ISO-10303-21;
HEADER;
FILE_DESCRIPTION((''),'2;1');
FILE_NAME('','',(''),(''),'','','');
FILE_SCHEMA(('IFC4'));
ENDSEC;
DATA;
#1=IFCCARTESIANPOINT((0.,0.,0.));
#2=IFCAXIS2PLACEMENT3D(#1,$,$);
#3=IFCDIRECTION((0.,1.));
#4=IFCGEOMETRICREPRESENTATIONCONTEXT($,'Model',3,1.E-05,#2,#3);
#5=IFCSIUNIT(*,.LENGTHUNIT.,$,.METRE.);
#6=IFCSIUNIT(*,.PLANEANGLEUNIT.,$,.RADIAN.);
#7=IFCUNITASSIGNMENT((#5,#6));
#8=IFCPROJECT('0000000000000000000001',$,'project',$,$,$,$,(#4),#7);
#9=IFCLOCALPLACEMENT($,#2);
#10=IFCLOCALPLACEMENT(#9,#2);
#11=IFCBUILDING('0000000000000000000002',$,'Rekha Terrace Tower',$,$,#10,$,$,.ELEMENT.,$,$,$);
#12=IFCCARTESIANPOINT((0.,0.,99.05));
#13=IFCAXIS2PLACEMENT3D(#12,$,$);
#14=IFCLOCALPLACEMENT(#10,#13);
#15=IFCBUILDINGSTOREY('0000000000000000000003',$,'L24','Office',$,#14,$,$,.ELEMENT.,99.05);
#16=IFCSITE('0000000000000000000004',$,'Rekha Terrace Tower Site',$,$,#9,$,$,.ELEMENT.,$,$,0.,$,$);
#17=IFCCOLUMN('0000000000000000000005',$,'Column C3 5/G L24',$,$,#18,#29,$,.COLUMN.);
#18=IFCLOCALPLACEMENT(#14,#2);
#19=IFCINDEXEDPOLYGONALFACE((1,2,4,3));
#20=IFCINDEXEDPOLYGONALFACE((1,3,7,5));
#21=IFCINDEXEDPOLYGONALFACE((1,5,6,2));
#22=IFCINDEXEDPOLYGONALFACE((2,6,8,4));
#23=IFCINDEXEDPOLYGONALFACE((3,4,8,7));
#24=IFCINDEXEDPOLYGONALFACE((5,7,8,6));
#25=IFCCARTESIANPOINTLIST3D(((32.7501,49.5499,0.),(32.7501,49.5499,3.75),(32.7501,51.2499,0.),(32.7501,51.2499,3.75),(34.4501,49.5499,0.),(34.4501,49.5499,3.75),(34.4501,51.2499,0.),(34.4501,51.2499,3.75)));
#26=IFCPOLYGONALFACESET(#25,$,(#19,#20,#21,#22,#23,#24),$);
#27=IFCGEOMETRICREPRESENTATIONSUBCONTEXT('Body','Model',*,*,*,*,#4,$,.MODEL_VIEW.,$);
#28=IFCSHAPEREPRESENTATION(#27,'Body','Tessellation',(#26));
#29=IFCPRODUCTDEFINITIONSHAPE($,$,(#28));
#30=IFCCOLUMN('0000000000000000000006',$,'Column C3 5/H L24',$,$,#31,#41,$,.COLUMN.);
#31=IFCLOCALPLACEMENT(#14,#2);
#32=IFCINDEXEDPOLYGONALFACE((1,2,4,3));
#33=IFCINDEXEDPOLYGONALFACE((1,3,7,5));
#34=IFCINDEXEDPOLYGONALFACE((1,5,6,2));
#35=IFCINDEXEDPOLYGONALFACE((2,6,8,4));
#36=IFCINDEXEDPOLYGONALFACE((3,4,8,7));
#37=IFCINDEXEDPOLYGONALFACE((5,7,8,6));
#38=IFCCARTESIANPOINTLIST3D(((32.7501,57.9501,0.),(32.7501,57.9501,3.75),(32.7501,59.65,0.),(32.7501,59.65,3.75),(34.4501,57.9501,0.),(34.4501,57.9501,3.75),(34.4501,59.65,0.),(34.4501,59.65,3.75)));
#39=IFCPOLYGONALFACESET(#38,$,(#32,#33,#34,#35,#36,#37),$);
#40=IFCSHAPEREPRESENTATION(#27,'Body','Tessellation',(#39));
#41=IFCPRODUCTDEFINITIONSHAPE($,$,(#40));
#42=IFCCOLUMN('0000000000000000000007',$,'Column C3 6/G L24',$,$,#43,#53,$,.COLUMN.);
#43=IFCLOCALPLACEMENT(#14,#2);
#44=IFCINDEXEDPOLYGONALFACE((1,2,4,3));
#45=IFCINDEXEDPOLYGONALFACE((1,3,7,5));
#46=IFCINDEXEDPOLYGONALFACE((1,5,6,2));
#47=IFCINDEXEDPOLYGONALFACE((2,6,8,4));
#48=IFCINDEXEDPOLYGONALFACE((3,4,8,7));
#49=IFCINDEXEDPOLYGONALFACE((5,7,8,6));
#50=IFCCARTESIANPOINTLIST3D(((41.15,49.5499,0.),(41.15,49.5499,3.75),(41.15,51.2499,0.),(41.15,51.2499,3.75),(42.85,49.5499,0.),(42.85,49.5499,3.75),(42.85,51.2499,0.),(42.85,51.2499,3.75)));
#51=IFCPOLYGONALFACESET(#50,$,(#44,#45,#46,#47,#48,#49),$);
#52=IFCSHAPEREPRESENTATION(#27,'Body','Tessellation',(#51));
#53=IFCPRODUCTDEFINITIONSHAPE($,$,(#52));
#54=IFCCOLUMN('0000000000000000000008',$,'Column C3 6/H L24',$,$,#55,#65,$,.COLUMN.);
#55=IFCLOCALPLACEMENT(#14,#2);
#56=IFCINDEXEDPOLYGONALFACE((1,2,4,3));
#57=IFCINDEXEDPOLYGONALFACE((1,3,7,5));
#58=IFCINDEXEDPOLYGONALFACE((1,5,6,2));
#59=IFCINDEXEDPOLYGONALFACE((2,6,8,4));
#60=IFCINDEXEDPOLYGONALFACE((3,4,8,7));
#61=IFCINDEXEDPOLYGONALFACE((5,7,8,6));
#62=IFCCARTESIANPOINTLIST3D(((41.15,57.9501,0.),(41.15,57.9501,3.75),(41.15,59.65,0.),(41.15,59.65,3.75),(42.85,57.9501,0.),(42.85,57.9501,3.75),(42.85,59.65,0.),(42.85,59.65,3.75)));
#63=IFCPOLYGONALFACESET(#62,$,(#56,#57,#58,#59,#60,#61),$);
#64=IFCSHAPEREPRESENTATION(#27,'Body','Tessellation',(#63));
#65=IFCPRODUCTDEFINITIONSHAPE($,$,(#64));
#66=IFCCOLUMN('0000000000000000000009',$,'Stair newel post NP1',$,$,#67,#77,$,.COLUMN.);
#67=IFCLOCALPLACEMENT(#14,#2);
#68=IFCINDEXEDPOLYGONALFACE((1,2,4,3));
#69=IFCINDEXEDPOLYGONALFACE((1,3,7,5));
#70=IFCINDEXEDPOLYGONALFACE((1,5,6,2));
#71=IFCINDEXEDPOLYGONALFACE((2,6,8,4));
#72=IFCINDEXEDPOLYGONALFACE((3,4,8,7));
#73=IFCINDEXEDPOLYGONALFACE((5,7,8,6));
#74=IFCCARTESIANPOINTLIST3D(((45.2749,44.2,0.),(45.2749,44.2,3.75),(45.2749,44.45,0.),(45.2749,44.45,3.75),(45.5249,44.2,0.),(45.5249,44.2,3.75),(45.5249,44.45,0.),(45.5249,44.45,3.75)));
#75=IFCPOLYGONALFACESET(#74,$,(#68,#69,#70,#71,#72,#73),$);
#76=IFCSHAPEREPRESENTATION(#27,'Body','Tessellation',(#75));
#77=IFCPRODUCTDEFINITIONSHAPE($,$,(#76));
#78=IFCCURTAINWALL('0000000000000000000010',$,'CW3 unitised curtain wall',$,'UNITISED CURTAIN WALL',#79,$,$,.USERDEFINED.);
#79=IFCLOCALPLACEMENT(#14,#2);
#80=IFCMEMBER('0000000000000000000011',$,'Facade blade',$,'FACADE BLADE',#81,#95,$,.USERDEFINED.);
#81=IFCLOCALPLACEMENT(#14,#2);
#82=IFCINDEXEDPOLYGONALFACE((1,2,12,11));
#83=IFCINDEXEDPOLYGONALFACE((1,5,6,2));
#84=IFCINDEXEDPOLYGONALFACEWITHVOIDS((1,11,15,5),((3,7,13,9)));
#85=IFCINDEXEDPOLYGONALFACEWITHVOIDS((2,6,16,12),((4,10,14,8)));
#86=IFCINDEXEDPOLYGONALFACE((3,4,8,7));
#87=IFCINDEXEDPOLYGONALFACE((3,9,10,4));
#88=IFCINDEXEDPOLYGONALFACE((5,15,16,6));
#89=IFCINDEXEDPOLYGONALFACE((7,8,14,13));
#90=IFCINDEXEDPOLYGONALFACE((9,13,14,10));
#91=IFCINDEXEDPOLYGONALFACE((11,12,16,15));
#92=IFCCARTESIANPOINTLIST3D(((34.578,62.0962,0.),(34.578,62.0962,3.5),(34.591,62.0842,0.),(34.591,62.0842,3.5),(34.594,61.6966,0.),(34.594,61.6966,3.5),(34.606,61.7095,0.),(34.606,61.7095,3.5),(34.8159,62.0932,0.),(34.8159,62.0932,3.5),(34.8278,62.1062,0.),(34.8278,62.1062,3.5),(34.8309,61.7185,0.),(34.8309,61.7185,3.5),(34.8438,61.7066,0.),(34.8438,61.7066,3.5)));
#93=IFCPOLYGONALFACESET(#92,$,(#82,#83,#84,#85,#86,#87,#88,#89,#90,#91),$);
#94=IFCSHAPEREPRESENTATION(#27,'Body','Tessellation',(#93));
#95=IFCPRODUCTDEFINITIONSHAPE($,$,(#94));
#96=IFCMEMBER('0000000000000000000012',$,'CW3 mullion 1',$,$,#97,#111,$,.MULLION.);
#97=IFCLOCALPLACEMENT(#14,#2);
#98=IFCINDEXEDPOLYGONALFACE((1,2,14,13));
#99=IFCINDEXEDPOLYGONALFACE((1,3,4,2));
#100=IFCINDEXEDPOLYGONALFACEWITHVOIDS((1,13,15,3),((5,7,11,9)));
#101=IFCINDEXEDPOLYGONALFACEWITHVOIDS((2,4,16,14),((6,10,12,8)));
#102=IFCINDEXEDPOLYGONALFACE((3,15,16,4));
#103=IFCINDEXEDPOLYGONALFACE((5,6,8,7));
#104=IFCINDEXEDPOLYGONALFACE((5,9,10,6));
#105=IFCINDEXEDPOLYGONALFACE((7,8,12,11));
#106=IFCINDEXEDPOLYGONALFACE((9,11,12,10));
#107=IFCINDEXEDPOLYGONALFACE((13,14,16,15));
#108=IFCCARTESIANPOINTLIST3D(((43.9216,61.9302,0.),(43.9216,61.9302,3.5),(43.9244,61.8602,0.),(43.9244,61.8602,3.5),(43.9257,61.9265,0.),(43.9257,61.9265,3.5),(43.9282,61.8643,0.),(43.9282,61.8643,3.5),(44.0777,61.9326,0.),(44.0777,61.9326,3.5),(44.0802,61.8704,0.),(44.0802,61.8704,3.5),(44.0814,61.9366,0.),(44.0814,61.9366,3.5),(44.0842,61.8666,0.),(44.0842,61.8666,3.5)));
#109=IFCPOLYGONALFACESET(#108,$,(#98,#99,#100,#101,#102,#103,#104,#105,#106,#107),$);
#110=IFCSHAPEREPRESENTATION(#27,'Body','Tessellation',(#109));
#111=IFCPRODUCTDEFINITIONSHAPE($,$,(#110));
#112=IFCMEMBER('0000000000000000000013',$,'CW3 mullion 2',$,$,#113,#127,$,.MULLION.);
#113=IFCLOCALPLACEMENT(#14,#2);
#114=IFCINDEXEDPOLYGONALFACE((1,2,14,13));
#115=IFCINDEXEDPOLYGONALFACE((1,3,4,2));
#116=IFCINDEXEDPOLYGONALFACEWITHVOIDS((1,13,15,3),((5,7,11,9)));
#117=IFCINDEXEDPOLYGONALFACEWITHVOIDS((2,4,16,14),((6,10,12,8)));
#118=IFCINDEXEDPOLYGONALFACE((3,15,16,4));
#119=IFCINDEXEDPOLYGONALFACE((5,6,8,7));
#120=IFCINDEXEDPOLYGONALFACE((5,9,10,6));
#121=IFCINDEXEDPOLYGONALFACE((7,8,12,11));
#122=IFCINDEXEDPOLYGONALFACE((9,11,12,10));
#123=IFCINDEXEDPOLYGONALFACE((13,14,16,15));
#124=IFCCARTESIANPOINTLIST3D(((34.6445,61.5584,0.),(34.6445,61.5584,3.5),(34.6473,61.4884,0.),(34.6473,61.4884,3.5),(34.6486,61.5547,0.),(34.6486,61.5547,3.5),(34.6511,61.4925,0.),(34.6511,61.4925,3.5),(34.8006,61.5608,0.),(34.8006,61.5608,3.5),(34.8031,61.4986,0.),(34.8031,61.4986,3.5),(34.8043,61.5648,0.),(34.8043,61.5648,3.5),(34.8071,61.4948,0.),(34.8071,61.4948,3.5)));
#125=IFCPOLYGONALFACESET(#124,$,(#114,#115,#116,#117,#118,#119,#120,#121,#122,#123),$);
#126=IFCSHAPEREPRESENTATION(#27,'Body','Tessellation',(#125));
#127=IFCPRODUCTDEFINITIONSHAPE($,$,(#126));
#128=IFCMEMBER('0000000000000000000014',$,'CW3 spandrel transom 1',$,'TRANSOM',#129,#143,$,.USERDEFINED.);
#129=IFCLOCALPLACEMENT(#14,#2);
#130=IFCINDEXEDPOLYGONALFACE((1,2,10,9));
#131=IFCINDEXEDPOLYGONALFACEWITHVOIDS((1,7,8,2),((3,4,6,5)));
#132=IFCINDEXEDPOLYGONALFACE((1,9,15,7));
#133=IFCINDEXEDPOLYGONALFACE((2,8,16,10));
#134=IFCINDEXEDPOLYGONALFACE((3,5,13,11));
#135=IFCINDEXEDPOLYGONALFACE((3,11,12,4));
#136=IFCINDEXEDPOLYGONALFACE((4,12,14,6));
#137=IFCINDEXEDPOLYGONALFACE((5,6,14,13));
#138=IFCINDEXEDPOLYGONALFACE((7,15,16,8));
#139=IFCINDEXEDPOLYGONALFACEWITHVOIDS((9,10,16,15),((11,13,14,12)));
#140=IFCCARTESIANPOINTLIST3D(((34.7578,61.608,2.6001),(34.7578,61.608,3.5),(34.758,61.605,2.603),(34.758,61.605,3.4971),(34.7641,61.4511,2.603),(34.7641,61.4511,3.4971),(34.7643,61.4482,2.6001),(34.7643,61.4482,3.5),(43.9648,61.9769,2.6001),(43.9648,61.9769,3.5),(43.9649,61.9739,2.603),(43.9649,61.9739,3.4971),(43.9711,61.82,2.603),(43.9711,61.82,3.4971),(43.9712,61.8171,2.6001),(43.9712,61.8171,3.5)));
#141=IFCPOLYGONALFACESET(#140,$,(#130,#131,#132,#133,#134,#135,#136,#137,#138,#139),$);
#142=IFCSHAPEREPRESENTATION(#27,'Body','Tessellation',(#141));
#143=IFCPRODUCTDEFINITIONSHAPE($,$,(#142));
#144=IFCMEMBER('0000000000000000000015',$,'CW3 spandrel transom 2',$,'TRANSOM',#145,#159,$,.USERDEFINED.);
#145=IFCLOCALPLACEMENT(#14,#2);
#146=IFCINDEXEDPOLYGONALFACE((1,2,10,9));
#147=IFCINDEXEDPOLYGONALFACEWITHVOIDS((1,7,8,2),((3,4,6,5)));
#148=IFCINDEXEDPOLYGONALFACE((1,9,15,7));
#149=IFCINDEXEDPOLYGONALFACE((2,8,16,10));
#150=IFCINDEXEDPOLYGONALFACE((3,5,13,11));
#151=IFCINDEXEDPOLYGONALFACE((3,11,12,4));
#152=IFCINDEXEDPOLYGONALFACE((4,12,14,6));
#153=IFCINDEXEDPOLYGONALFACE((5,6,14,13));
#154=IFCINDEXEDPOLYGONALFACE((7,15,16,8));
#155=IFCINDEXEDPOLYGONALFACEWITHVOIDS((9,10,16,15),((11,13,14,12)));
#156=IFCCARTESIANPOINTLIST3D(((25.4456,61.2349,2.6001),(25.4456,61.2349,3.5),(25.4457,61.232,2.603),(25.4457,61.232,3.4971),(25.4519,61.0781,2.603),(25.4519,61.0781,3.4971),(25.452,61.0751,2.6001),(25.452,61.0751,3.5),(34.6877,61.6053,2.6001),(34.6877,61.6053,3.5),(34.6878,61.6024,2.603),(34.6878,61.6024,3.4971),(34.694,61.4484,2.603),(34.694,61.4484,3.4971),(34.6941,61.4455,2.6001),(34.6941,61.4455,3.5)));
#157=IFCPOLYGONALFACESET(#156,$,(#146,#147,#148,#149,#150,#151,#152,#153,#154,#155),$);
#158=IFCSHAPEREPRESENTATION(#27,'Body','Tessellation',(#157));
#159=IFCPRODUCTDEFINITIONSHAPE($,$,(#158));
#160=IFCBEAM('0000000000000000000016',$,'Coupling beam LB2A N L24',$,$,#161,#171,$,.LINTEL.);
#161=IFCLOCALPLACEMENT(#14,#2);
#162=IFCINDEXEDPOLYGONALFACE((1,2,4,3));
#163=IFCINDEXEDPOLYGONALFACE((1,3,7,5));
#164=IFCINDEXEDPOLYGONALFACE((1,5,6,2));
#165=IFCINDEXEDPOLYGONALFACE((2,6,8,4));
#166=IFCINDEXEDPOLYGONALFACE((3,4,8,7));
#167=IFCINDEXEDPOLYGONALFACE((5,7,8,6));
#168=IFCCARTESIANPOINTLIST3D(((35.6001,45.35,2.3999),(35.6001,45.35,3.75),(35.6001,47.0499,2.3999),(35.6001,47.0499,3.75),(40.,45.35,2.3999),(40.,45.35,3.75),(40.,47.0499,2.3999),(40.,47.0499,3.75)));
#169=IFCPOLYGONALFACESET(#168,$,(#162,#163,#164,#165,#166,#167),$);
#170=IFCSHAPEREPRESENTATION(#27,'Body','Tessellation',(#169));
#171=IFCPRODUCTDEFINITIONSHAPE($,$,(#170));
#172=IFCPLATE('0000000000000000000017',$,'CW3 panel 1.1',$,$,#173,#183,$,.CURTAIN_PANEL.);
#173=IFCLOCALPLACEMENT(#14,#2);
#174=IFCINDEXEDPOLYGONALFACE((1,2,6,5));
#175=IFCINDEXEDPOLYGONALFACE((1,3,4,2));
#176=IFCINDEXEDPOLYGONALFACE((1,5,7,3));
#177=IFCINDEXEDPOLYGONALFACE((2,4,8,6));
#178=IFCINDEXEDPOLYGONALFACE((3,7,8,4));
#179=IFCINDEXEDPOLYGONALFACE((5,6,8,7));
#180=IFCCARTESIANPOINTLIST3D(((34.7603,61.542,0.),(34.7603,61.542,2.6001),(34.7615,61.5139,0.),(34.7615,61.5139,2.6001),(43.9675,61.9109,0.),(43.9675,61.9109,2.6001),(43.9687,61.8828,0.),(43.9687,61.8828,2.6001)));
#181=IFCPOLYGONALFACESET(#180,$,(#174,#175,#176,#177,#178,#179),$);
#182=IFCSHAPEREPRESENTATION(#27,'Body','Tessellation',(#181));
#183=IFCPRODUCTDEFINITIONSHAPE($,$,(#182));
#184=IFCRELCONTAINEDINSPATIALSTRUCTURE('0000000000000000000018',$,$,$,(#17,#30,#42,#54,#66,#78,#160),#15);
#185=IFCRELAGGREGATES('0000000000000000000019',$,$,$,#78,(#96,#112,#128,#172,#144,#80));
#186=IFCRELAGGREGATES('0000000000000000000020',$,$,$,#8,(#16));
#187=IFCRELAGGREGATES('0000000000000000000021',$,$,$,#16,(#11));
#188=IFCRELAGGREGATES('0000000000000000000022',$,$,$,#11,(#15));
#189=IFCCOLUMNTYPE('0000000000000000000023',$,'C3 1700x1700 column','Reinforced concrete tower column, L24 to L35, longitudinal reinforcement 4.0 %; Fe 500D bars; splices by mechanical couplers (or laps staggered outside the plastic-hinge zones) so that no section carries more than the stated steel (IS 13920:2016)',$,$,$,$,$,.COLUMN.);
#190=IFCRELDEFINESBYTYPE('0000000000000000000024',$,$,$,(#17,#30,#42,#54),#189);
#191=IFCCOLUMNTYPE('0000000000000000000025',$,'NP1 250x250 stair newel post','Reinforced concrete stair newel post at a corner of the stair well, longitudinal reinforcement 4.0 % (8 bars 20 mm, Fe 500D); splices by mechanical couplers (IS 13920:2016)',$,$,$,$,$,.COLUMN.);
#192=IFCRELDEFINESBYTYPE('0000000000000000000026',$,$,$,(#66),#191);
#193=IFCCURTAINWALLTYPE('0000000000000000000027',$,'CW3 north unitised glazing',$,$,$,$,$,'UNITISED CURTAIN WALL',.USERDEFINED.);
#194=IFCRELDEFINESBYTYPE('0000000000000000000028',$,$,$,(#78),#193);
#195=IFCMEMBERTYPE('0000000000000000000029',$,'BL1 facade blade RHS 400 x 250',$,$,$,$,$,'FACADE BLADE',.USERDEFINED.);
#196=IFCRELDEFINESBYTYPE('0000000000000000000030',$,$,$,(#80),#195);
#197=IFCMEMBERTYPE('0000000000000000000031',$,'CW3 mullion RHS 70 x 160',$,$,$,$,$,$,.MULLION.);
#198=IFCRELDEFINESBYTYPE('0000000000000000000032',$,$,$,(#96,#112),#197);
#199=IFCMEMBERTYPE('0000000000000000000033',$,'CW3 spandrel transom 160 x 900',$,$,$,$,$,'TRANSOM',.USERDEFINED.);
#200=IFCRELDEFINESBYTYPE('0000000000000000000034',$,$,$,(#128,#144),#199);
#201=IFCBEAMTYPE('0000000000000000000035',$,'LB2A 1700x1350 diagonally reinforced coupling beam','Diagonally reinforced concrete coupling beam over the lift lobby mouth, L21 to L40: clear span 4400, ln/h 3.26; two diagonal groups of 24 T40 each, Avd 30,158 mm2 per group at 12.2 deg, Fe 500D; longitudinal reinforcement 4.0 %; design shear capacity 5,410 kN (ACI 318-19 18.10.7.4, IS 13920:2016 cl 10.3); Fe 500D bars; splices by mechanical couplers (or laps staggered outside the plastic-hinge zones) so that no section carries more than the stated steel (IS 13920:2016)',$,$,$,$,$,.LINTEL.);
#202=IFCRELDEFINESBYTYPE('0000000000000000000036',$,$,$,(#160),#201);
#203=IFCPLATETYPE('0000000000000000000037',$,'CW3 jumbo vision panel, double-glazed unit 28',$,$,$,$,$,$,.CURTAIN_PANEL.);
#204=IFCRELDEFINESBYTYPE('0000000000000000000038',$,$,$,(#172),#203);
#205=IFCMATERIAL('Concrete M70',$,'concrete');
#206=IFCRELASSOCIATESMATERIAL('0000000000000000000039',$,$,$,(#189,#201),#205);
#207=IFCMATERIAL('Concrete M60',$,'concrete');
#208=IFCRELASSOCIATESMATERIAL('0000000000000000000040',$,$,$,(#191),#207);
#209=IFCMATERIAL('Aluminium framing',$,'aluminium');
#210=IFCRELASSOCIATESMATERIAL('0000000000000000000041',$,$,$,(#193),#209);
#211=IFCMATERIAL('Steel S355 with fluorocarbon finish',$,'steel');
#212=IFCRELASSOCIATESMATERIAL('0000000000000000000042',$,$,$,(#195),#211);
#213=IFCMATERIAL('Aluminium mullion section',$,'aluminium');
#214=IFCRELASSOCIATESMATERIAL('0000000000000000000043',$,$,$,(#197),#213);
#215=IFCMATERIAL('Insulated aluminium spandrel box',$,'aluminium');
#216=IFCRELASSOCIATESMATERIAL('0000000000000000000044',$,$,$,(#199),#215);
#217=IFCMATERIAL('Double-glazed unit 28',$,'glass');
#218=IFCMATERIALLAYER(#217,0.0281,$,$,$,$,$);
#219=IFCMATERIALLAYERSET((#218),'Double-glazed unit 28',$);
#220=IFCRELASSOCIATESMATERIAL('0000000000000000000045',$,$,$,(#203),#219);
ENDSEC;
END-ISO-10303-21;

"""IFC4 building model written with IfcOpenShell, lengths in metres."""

from ifc_helpers import new_model, si_unit, direction, frame, origin, origin_2d, place, context, subcontext, project, spatial, rectangle, hollow_rectangle, extrude, material, layer, layer_set, material_profile, profile_set, type_object, element, aggregate, save


model = new_model("IFC4")

# Units and contexts
model_context = context("Model", 3, precision=1e-05, world=origin(), true_north=direction((0.0, 1.0)))
body_context = subcontext(model_context, "Body", "Model", "MODEL_VIEW")
ifc_project = project(units=[si_unit("LENGTHUNIT", "METRE"), si_unit("PLANEANGLEUNIT", "RADIAN")], contexts=[model_context])

# Site, building, storey
site_placement = place(None, origin())
site = spatial("IfcSite", under=ifc_project, at=site_placement, Name="Rekha Terrace Tower Site", CompositionType="ELEMENT", RefElevation=0.0)
building_placement = place(site_placement, origin())
building = spatial("IfcBuilding", under=site, at=building_placement, Name="Rekha Terrace Tower", CompositionType="ELEMENT")
storey_placement = place(building_placement, frame((0.0, 0.0, 99.05)))
storey = spatial("IfcBuildingStorey", under=building, at=storey_placement, Name="L24", Description="Office", CompositionType="ELEMENT", Elevation=99.05)

# Columns
ifc_material_1 = material(Name="Concrete M70", Category="concrete")
ifc_material_profile_1 = material_profile(ifc_material_1, rectangle(XDim=1.7, YDim=1.7, at=origin_2d()), Name="RC 1700x1700")
ifc_profile_set_1 = profile_set([ifc_material_profile_1], Name="Concrete M70")
column_type_1 = type_object("IfcColumnType", Name="C3 1700x1700 column", Description="Reinforced concrete tower column, L24 to L35, longitudinal reinforcement 4.0 %; Fe 500D bars; splices by mechanical couplers (or laps staggered outside the plastic-hinge zones) so that no section carries more than the stated steel (IS 13920:2016)", PredefinedType="COLUMN", material=ifc_profile_set_1)
for number, where, z_axis, x_axis, name in (
    (1, (33.6001, 50.3999, 0.0), (0.0, 0.0, 1.0), (1.0, 0.0, 0.0), "Column C3 5/G L24"),
    (2, (33.6001, 58.8, 0.0), (0.0, 0.0, 1.0), (1.0, 0.0, 0.0), "Column C3 5/H L24"),
    (3, (42.0, 50.3999, 0.0), (0.0, 0.0, 1.0), (1.0, 0.0, 0.0), "Column C3 6/G L24"),
    (4, (42.0, 58.8, 0.0), (0.0, 0.0, 1.0), (1.0, 0.0, 0.0), "Column C3 6/H L24"),
):
    element("IfcColumn", number, at=place(storey_placement, frame(where, z_axis=z_axis, x_axis=x_axis)), inside=storey, type_object=column_type_1, Name=name, PredefinedType="COLUMN", context=body_context, shape_type="SweptSolid", body=[
        extrude(rectangle(XDim=1.7, YDim=1.7, at=origin_2d()), origin(), (0.0, 0.0, 1.0), 3.75),
    ])
ifc_material_2 = material(Name="Concrete M60", Category="concrete")
ifc_material_profile_2 = material_profile(ifc_material_2, rectangle(XDim=0.25, YDim=0.25, at=origin_2d()), Name="RC 250x250")
ifc_profile_set_2 = profile_set([ifc_material_profile_2], Name="Concrete M60")
column_type_2 = type_object("IfcColumnType", Name="NP1 250x250 stair newel post", Description="Reinforced concrete stair newel post at a corner of the stair well, longitudinal reinforcement 4.0 % (8 bars 20 mm, Fe 500D); splices by mechanical couplers (IS 13920:2016)", PredefinedType="COLUMN", material=ifc_profile_set_2)
column_placement = place(storey_placement, frame((45.3999, 44.325, 0.0), z_axis=(0.0, 0.0, 1.0), x_axis=(1.0, 0.0, 0.0)))
element("IfcColumn", 5, at=column_placement, inside=storey, type_object=column_type_2, Name="Stair newel post NP1", PredefinedType="COLUMN", context=body_context, shape_type="SweptSolid", body=[
    extrude(rectangle(XDim=0.25, YDim=0.25, at=origin_2d()), origin(), (0.0, 0.0, 1.0), 3.75),
])

# Curtain wall, members
ifc_material_3 = material(Name="Aluminium framing", Category="aluminium")
curtain_wall_type = type_object("IfcCurtainWallType", Name="CW3 north unitised glazing", ElementType="UNITISED CURTAIN WALL", PredefinedType="USERDEFINED", material=ifc_material_3)
curtain_wall_placement = place(storey_placement, origin())
curtain_wall = element("IfcCurtainWall", 6, at=curtain_wall_placement, inside=storey, type_object=curtain_wall_type, Name="CW3 unitised curtain wall", ObjectType="UNITISED CURTAIN WALL", PredefinedType="USERDEFINED")
ifc_material_4 = material(Name="Steel S355 with fluorocarbon finish", Category="steel")
ifc_material_profile_3 = material_profile(ifc_material_4, hollow_rectangle(XDim=0.25, YDim=0.3999, WallThickness=0.0125, at=origin_2d()), Name="RHS400x250x12.5")
ifc_profile_set_3 = profile_set([ifc_material_profile_3], Name="Steel S355 with fluorocarbon finish")
member_type_1 = type_object("IfcMemberType", Name="BL1 facade blade RHS 400 x 250", ElementType="FACADE BLADE", PredefinedType="USERDEFINED", material=ifc_profile_set_3)
member_1_placement = place(storey_placement, frame((34.7109, 61.9014, 0.0), z_axis=(0.0, 0.0, 1.0), x_axis=(-0.999198, -0.040032, 0.0)))
member_1 = element("IfcMember", 7, at=member_1_placement, type_object=member_type_1, Name="Facade blade", ObjectType="FACADE BLADE", PredefinedType="USERDEFINED", context=body_context, shape_type="SweptSolid", body=[
    extrude(hollow_rectangle(XDim=0.25, YDim=0.3999, WallThickness=0.0125, at=origin_2d()), origin(), (0.0, 0.0, 1.0), 3.5),
])
ifc_material_5 = material(Name="Aluminium mullion section", Category="aluminium")
ifc_material_profile_4 = material_profile(ifc_material_5, hollow_rectangle(XDim=0.0701, YDim=0.1599, WallThickness=0.0039, at=origin_2d()), Name="AL RHS 70x160")
ifc_profile_set_4 = profile_set([ifc_material_profile_4], Name="Aluminium mullion section")
member_type_2 = type_object("IfcMemberType", Name="CW3 mullion RHS 70 x 160", PredefinedType="MULLION", material=ifc_profile_set_4)
member_2_placement = place(storey_placement, frame((44.0029, 61.8984, 0.0), z_axis=(0.0, 0.0, 1.0), x_axis=(0.040032, -0.999198, 0.0)))
member_2 = element("IfcMember", 8, at=member_2_placement, type_object=member_type_2, Name="CW3 mullion 1", PredefinedType="MULLION", context=body_context, shape_type="SweptSolid", body=[
    extrude(hollow_rectangle(XDim=0.0701, YDim=0.1599, WallThickness=0.0039, at=origin_2d()), origin(), (0.0, 0.0, 1.0), 3.5),
])
member_3_placement = place(storey_placement, frame((34.7258, 61.5266, 0.0), z_axis=(0.0, 0.0, 1.0), x_axis=(0.040032, -0.999198, 0.0)))
member_3 = element("IfcMember", 9, at=member_3_placement, type_object=member_type_2, Name="CW3 mullion 2", PredefinedType="MULLION", context=body_context, shape_type="SweptSolid", body=[
    extrude(hollow_rectangle(XDim=0.0701, YDim=0.1599, WallThickness=0.0039, at=origin_2d()), origin(), (0.0, 0.0, 1.0), 3.5),
])
ifc_material_6 = material(Name="Insulated aluminium spandrel box", Category="aluminium")
ifc_material_profile_5 = material_profile(ifc_material_6, hollow_rectangle(XDim=0.1599, YDim=0.8999, WallThickness=0.0029, at=origin_2d()), Name="AL SPANDREL BOX 160x900")
ifc_profile_set_5 = profile_set([ifc_material_profile_5], Name="Insulated aluminium spandrel box")
member_type_3 = type_object("IfcMemberType", Name="CW3 spandrel transom 160 x 900", ElementType="TRANSOM", PredefinedType="USERDEFINED", material=ifc_profile_set_5)
member_4_placement = place(storey_placement, frame((43.968, 61.897, 3.05), z_axis=(-0.999198, -0.040035, 0.0), x_axis=(0.040035, -0.999198, 0.0)))
member_4 = element("IfcMember", 10, at=member_4_placement, type_object=member_type_3, Name="CW3 spandrel transom 1", ObjectType="TRANSOM", PredefinedType="USERDEFINED", context=body_context, shape_type="SweptSolid", body=[
    extrude(hollow_rectangle(XDim=0.1599, YDim=0.8999, WallThickness=0.0029, at=origin_2d()), origin(), (0.0, 0.0, 1.0), 9.2144),
])
member_5_placement = place(storey_placement, frame((34.6909, 61.5254, 3.05), z_axis=(-0.999198, -0.040041, 0.0), x_axis=(0.040041, -0.999198, 0.0)))
member_5 = element("IfcMember", 11, at=member_5_placement, type_object=member_type_3, Name="CW3 spandrel transom 2", ObjectType="TRANSOM", PredefinedType="USERDEFINED", context=body_context, shape_type="SweptSolid", body=[
    extrude(hollow_rectangle(XDim=0.1599, YDim=0.8999, WallThickness=0.0029, at=origin_2d()), origin(), (0.0, 0.0, 1.0), 9.2495),
])

# Beam
ifc_material_profile_6 = material_profile(ifc_material_1, rectangle(XDim=1.7, YDim=1.3501, at=origin_2d()), Name="RC 1700x1350")
ifc_profile_set_6 = profile_set([ifc_material_profile_6], Name="Concrete M70")
beam_type = type_object("IfcBeamType", Name="LB2A 1700x1350 diagonally reinforced coupling beam", Description="Diagonally reinforced concrete coupling beam over the lift lobby mouth, L21 to L40: clear span 4400, ln/h 3.26; two diagonal groups of 24 T40 each, Avd 30,158 mm2 per group at 12.2 deg, Fe 500D; longitudinal reinforcement 4.0 %; design shear capacity 5,410 kN (ACI 318-19 18.10.7.4, IS 13920:2016 cl 10.3); Fe 500D bars; splices by mechanical couplers (or laps staggered outside the plastic-hinge zones) so that no section carries more than the stated steel (IS 13920:2016)", PredefinedType="LINTEL", material=ifc_profile_set_6)
beam_placement = place(storey_placement, frame((35.6001, 46.2, 3.075), z_axis=(1.0, 0.0, 0.0), x_axis=(0.0, 1.0, 0.0)))
element("IfcBeam", 12, at=beam_placement, inside=storey, type_object=beam_type, Name="Coupling beam LB2A N L24", PredefinedType="LINTEL", context=body_context, shape_type="SweptSolid", body=[
    extrude(rectangle(XDim=1.7, YDim=1.3501, at=origin_2d()), origin(), (0.0, 0.0, 1.0), 4.3999),
])

# Plate
ifc_material_7 = material(Name="Double-glazed unit 28", Category="glass")
ifc_layer_1 = layer(ifc_material_7, 0.0281)
ifc_layer_set_1 = layer_set([ifc_layer_1], Name="Double-glazed unit 28")
plate_type = type_object("IfcPlateType", Name="CW3 jumbo vision panel, double-glazed unit 28", PredefinedType="CURTAIN_PANEL", material=ifc_layer_set_1)
plate_placement = place(storey_placement, frame((39.3645, 61.7124, 0.0), z_axis=(0.0, 0.0, 1.0), x_axis=(-0.999198, -0.040032, 0.0)))
plate = element("IfcPlate", 13, at=plate_placement, type_object=plate_type, Name="CW3 panel 1.1", PredefinedType="CURTAIN_PANEL", context=body_context, shape_type="SweptSolid", body=[
    extrude(rectangle(XDim=9.2146, YDim=0.0281, at=origin_2d()), origin(), (0.0, 0.0, 1.0), 2.6001),
])
aggregate(curtain_wall, [member_2, member_3, member_4, plate, member_5, member_1])

save(model, "model.ifc")
